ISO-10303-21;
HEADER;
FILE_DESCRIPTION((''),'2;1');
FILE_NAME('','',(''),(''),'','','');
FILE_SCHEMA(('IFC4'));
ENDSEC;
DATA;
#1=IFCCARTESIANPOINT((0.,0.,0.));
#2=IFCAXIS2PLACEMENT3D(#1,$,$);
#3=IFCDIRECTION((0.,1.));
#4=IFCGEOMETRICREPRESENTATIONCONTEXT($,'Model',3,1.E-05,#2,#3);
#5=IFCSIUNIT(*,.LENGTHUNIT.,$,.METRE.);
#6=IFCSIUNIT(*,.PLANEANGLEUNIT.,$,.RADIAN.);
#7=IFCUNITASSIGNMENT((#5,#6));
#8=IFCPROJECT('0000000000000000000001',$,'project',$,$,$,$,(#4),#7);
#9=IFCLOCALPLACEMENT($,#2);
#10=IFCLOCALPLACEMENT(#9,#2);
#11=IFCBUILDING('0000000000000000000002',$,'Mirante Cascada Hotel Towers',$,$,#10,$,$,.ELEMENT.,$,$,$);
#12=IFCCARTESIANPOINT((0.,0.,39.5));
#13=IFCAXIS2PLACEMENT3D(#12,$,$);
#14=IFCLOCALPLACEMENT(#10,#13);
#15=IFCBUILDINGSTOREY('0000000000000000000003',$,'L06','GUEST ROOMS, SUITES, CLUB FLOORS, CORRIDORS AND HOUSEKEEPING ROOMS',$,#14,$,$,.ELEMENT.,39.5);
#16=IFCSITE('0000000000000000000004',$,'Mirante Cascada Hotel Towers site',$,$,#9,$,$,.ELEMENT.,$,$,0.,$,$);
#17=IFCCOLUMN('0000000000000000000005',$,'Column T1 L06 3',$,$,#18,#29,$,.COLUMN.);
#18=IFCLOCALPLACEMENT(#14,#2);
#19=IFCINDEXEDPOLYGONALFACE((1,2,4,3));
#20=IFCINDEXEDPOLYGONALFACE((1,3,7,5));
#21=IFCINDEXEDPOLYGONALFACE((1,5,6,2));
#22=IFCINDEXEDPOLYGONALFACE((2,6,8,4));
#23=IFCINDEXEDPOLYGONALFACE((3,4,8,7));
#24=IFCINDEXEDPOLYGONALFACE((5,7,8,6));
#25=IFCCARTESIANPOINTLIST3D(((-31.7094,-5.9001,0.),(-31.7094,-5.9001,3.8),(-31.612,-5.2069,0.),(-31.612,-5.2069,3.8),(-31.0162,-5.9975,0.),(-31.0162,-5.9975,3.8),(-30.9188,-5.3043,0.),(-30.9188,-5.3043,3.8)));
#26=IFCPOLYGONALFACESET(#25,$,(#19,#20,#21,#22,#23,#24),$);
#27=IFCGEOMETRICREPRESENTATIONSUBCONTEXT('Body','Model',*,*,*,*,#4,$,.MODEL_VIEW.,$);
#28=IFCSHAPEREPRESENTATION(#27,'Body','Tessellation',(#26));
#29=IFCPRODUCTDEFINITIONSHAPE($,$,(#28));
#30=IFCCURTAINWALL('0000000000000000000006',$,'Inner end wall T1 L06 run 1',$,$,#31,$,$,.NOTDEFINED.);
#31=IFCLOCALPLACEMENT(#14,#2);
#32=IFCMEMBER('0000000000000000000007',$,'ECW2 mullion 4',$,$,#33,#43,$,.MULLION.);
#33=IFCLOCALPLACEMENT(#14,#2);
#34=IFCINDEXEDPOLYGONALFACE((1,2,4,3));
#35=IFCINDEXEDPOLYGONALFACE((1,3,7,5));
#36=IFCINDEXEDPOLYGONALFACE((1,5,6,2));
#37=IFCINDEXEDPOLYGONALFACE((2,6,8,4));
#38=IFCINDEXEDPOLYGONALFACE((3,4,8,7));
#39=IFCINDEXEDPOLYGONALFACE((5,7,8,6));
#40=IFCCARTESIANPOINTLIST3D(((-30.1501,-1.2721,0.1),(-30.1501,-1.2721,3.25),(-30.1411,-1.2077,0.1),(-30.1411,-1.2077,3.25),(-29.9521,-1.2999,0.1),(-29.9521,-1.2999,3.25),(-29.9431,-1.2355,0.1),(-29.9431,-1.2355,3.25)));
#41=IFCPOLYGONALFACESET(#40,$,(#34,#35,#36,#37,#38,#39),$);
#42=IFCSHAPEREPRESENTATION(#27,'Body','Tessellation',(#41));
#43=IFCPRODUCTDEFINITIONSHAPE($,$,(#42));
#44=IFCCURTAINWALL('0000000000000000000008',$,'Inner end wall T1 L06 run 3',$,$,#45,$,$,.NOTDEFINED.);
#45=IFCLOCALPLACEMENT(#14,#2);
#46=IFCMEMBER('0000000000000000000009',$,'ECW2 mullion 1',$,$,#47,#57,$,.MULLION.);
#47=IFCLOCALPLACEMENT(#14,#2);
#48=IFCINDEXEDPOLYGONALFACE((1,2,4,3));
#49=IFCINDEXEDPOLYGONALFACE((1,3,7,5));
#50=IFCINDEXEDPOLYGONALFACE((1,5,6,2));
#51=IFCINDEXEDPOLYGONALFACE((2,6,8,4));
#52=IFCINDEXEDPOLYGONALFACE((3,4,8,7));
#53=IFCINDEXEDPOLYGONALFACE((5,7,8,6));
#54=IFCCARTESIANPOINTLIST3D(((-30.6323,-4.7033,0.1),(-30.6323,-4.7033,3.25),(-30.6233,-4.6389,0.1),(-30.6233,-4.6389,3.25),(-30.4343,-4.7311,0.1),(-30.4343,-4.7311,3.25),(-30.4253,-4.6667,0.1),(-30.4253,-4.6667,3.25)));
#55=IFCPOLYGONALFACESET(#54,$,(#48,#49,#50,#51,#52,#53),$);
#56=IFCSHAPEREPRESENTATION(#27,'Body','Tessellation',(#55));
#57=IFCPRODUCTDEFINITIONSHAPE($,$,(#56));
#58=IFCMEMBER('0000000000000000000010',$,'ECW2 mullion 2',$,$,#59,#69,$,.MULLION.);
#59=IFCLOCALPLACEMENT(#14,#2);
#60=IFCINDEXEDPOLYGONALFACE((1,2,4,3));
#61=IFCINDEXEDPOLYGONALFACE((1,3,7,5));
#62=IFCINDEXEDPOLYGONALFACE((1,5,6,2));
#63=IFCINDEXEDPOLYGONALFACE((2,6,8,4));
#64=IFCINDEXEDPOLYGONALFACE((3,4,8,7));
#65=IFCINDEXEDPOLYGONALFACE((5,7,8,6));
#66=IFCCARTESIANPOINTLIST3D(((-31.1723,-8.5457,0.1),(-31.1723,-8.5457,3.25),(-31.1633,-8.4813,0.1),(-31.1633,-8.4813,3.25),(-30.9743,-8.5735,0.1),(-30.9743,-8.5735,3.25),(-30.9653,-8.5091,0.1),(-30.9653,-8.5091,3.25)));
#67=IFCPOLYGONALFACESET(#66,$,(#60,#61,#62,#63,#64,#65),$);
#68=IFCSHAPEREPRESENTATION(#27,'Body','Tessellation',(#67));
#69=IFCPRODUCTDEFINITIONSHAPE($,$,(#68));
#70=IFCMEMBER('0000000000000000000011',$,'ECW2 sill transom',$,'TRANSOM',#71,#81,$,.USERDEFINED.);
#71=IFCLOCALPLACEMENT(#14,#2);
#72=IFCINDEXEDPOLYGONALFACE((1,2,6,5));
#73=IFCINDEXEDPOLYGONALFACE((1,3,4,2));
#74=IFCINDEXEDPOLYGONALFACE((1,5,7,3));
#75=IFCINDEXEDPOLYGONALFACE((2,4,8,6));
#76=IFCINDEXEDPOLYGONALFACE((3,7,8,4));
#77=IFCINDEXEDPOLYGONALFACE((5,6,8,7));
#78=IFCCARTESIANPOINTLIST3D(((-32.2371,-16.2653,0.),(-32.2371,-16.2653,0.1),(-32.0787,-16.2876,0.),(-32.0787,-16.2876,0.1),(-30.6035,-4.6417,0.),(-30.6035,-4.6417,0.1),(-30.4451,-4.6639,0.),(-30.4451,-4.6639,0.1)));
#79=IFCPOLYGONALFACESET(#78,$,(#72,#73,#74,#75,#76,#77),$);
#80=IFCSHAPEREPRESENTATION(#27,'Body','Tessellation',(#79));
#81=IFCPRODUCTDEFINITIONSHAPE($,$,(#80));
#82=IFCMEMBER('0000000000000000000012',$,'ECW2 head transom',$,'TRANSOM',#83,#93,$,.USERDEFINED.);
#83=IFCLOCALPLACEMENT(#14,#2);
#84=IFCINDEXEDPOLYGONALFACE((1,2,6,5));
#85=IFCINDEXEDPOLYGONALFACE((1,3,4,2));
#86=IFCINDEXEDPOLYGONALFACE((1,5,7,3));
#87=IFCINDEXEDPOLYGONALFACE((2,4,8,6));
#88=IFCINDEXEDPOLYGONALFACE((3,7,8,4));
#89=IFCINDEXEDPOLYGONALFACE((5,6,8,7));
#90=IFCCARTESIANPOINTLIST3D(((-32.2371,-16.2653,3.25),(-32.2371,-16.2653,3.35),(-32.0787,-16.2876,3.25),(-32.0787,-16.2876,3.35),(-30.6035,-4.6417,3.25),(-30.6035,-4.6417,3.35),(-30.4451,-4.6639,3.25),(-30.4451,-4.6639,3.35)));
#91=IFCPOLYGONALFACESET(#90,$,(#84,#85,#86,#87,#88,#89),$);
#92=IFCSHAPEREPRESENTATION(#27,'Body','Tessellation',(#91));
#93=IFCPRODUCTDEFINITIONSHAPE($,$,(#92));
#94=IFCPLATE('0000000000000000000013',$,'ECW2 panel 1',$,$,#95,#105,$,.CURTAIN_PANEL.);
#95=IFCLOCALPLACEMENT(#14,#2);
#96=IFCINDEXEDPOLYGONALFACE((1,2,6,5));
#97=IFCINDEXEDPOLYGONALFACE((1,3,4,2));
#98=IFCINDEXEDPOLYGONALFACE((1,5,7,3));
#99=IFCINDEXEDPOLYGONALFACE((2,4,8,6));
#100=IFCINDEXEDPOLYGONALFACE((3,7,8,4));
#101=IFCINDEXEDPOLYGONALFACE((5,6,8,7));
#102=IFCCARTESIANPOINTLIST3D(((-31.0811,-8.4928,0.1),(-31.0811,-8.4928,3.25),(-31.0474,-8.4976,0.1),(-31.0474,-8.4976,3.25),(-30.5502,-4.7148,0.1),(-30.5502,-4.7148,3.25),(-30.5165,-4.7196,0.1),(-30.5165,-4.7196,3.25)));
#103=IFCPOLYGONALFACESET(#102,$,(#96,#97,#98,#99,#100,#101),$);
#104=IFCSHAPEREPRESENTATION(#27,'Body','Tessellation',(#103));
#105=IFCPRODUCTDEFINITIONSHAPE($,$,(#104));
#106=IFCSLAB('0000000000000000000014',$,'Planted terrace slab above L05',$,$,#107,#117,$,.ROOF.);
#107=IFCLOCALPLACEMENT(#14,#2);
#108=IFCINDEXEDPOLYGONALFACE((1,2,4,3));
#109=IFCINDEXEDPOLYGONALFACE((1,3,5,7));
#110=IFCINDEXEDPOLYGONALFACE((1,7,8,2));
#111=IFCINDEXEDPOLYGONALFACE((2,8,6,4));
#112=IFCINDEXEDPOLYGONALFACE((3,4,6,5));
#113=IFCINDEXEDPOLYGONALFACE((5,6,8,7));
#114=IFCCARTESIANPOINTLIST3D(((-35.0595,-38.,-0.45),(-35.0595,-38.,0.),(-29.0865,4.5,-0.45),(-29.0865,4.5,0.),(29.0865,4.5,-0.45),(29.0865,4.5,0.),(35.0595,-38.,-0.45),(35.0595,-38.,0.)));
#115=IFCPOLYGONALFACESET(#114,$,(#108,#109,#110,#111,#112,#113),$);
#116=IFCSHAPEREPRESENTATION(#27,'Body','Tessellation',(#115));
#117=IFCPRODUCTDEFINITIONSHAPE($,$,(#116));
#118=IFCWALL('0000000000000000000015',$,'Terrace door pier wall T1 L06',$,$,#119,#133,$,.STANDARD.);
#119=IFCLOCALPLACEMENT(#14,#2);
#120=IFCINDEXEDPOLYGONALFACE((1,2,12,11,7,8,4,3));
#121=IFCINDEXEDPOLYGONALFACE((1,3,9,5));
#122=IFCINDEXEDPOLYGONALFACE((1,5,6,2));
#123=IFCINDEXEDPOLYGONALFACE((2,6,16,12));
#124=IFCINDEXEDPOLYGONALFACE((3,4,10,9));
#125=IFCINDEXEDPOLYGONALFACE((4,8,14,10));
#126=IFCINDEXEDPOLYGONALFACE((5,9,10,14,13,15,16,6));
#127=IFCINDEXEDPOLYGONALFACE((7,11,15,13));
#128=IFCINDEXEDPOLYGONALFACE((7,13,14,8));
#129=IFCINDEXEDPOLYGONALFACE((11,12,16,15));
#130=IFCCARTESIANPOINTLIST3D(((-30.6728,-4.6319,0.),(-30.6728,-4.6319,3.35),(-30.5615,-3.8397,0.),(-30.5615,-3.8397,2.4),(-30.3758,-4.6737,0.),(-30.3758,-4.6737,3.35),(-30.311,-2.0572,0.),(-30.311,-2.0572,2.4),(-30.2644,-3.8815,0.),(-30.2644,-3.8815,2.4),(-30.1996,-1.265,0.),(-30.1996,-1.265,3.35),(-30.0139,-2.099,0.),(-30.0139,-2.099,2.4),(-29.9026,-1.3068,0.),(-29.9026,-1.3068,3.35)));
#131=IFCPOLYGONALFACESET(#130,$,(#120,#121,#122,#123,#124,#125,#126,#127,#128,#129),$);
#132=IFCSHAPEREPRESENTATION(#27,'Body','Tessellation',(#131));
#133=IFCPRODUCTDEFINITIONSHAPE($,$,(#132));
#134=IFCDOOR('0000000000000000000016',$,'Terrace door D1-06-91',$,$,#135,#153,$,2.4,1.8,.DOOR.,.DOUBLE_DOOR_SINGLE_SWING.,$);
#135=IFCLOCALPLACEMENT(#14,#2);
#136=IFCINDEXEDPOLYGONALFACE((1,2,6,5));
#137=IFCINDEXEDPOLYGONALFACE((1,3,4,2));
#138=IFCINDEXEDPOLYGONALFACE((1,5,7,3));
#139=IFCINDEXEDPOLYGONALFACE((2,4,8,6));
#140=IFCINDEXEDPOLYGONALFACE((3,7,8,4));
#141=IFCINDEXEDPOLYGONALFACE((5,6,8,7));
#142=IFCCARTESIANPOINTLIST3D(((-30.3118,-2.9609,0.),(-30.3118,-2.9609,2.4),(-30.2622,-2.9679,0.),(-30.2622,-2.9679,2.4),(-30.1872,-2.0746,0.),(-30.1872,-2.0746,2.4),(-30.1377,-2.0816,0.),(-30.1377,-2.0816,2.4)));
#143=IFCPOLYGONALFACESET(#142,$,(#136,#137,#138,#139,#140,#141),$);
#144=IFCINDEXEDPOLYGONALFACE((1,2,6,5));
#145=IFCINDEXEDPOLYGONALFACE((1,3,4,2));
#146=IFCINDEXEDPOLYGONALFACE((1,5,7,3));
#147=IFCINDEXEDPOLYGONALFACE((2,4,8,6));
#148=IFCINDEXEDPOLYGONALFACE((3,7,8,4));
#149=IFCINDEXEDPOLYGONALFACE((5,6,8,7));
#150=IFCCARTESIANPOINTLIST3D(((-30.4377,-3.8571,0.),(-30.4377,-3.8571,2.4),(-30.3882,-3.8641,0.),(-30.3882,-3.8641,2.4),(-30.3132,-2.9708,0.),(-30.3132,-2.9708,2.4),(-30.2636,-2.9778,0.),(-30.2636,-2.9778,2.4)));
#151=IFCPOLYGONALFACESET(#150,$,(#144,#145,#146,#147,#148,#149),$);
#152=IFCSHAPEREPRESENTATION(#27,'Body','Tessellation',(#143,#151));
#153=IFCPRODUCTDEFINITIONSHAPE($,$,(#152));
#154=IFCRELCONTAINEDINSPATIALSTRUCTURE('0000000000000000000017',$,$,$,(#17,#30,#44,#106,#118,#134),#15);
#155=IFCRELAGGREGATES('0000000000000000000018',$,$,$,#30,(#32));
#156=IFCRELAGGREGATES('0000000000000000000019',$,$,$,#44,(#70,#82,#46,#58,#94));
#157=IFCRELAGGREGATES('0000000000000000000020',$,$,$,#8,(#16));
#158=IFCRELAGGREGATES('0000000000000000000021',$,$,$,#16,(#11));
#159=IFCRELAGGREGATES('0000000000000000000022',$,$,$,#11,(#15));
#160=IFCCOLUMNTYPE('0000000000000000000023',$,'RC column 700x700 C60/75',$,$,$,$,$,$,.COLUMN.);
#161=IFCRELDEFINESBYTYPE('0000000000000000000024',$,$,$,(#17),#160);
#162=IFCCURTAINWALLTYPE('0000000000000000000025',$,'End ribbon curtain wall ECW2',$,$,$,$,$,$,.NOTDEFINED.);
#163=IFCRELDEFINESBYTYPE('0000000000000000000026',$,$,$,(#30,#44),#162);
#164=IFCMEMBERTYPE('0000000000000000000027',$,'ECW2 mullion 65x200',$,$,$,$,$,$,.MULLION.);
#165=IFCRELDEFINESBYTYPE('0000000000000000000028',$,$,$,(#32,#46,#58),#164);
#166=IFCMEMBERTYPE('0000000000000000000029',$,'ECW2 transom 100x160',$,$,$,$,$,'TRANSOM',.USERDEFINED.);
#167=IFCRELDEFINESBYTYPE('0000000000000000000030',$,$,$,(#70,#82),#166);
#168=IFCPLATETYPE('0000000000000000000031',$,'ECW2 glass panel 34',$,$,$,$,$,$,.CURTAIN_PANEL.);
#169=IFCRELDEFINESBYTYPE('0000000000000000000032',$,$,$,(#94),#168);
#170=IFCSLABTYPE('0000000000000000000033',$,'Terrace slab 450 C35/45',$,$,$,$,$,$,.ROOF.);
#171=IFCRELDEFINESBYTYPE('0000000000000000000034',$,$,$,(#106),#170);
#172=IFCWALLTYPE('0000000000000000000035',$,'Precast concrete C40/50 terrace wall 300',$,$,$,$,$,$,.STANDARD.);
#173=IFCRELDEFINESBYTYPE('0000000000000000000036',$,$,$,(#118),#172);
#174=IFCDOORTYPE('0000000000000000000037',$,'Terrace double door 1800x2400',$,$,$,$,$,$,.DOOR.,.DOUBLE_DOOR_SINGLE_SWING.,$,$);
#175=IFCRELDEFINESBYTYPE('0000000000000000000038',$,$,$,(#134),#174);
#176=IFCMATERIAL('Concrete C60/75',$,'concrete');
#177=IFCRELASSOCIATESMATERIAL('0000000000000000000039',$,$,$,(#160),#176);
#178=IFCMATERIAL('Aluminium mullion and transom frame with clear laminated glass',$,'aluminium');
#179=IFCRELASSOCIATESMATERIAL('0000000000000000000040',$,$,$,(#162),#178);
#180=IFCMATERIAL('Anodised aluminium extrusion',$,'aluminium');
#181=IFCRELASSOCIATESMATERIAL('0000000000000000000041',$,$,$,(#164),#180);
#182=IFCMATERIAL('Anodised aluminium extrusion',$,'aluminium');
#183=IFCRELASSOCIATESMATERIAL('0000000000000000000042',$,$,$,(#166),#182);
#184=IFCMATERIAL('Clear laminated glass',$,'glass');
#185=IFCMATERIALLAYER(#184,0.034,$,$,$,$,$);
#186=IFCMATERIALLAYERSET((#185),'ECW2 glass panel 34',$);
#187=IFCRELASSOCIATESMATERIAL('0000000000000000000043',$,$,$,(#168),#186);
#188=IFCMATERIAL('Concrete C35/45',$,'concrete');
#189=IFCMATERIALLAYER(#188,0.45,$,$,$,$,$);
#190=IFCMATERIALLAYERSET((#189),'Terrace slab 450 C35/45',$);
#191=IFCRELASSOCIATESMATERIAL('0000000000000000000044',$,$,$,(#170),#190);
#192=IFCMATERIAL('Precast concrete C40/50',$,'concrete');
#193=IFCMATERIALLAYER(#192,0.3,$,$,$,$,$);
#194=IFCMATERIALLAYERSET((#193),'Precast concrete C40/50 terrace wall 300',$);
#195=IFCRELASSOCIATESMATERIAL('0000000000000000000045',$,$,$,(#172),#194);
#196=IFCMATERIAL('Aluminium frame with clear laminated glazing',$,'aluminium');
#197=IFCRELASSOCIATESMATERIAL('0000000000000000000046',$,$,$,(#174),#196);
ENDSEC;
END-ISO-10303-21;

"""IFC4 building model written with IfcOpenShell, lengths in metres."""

from ifc_helpers import new_model, si_unit, direction, frame, frame_2d, origin, origin_2d, place, context, subcontext, project, spatial, polyline, rectangle, outline, extrude, material, layer, layer_set, material_profile, profile_set, type_object, element, fill, aggregate, save


model = new_model("IFC4")

# Units and contexts
model_context = context("Model", 3, precision=1e-05, world=origin(), true_north=direction((0.0, 1.0)))
body_context = subcontext(model_context, "Body", "Model", "MODEL_VIEW")
ifc_project = project(units=[si_unit("LENGTHUNIT", "METRE"), si_unit("PLANEANGLEUNIT", "RADIAN")], contexts=[model_context])

# Site, building, storey
site_placement = place(None, origin())
site = spatial("IfcSite", under=ifc_project, at=site_placement, Name="Mirante Cascada Hotel Towers site", CompositionType="ELEMENT", RefElevation=0.0)
building_placement = place(site_placement, origin())
building = spatial("IfcBuilding", under=site, at=building_placement, Name="Mirante Cascada Hotel Towers", CompositionType="ELEMENT")
storey_placement = place(building_placement, frame((0.0, 0.0, 39.5)))
storey = spatial("IfcBuildingStorey", under=building, at=storey_placement, Name="L06", Description="GUEST ROOMS, SUITES, CLUB FLOORS, CORRIDORS AND HOUSEKEEPING ROOMS", CompositionType="ELEMENT", Elevation=39.5)

# Column
ifc_material_1 = material(Name="Concrete C60/75", Category="concrete")
ifc_material_profile_1 = material_profile(ifc_material_1, rectangle(XDim=0.7, YDim=0.7, at=origin_2d()), Name="RC column 700x700 C60/75")
ifc_profile_set_1 = profile_set([ifc_material_profile_1], Name="Concrete C60/75")
column_type = type_object("IfcColumnType", Name="RC column 700x700 C60/75", PredefinedType="COLUMN", material=ifc_profile_set_1)
column_placement = place(storey_placement, frame((-31.3141, -5.6022, 0.0), z_axis=(0.0, 0.0, 1.0), x_axis=(-0.990268, 0.139173, 0.0)))
element("IfcColumn", 1, at=column_placement, inside=storey, type_object=column_type, Name="Column T1 L06 3", PredefinedType="COLUMN", context=body_context, shape_type="SweptSolid", body=[
    extrude(rectangle(XDim=0.7, YDim=0.7, at=origin_2d()), origin(), (0.0, 0.0, 1.0), 3.8),
])

# Curtain wall, member
ifc_material_2 = material(Name="Aluminium mullion and transom frame with clear laminated glass", Category="aluminium")
curtain_wall_type = type_object("IfcCurtainWallType", Name="End ribbon curtain wall ECW2", PredefinedType="NOTDEFINED", material=ifc_material_2)
curtain_wall_1_placement = place(storey_placement, origin())
curtain_wall_1 = element("IfcCurtainWall", 2, at=curtain_wall_1_placement, inside=storey, type_object=curtain_wall_type, Name="Inner end wall T1 L06 run 1", PredefinedType="NOTDEFINED")
ifc_material_3 = material(Name="Anodised aluminium extrusion", Category="aluminium")
ifc_material_profile_2 = material_profile(ifc_material_3, rectangle(XDim=0.2, YDim=0.065, at=origin_2d()), Name="ECW2 MULLION 65x200")
ifc_profile_set_2 = profile_set([ifc_material_profile_2], Name="Anodised aluminium extrusion")
member_type_1 = type_object("IfcMemberType", Name="ECW2 mullion 65x200", PredefinedType="MULLION", material=ifc_profile_set_2)
member_1_placement = place(storey_placement, frame((-30.0466, -1.2538, 0.1), z_axis=(0.0, 0.0, 1.0), x_axis=(0.990268, -0.139173, 0.0)))
member_1 = element("IfcMember", 3, at=member_1_placement, type_object=member_type_1, Name="ECW2 mullion 4", PredefinedType="MULLION", context=body_context, shape_type="SweptSolid", body=[
    extrude(rectangle(XDim=0.2, YDim=0.065, at=origin_2d()), origin(), (0.0, 0.0, 1.0), 3.15),
])
aggregate(curtain_wall_1, [member_1])

# Curtain wall, members, plate
curtain_wall_2_placement = place(storey_placement, origin())
curtain_wall_2 = element("IfcCurtainWall", 4, at=curtain_wall_2_placement, inside=storey, type_object=curtain_wall_type, Name="Inner end wall T1 L06 run 3", PredefinedType="NOTDEFINED")
member_2_placement = place(storey_placement, frame((-30.5288, -4.685, 0.1), z_axis=(0.0, 0.0, 1.0), x_axis=(0.990268, -0.139173, 0.0)))
member_2 = element("IfcMember", 5, at=member_2_placement, type_object=member_type_1, Name="ECW2 mullion 1", PredefinedType="MULLION", context=body_context, shape_type="SweptSolid", body=[
    extrude(rectangle(XDim=0.2, YDim=0.065, at=origin_2d()), origin(), (0.0, 0.0, 1.0), 3.15),
])
member_3_placement = place(storey_placement, frame((-31.0688, -8.5274, 0.1), z_axis=(0.0, 0.0, 1.0), x_axis=(0.990268, -0.139173, 0.0)))
member_3 = element("IfcMember", 6, at=member_3_placement, type_object=member_type_1, Name="ECW2 mullion 2", PredefinedType="MULLION", context=body_context, shape_type="SweptSolid", body=[
    extrude(rectangle(XDim=0.2, YDim=0.065, at=origin_2d()), origin(), (0.0, 0.0, 1.0), 3.15),
])
ifc_material_4 = material(Name="Anodised aluminium extrusion", Category="aluminium")
ifc_material_profile_3 = material_profile(ifc_material_4, rectangle(XDim=0.16, YDim=0.1, at=origin_2d()), Name="ECW2 TRANSOM 100x160")
ifc_profile_set_3 = profile_set([ifc_material_profile_3], Name="Anodised aluminium extrusion")
member_type_2 = type_object("IfcMemberType", Name="ECW2 transom 100x160", ElementType="TRANSOM", PredefinedType="USERDEFINED", material=ifc_profile_set_3)
member_4_placement = place(storey_placement, frame((-30.5243, -4.6528, 0.05), z_axis=(-0.139173, -0.990268, 0.0), x_axis=(0.990268, -0.139173, 0.0)))
member_4 = element("IfcMember", 7, at=member_4_placement, type_object=member_type_2, Name="ECW2 sill transom", ObjectType="TRANSOM", PredefinedType="USERDEFINED", context=body_context, shape_type="SweptSolid", body=[
    extrude(rectangle(XDim=0.16, YDim=0.1, at=origin_2d()), origin(), (0.0, 0.0, 1.0), 11.7379),
])
member_5_placement = place(storey_placement, frame((-30.5243, -4.6528, 3.3), z_axis=(-0.139173, -0.990268, 0.0), x_axis=(0.990268, -0.139173, 0.0)))
member_5 = element("IfcMember", 8, at=member_5_placement, type_object=member_type_2, Name="ECW2 head transom", ObjectType="TRANSOM", PredefinedType="USERDEFINED", context=body_context, shape_type="SweptSolid", body=[
    extrude(rectangle(XDim=0.16, YDim=0.1, at=origin_2d()), origin(), (0.0, 0.0, 1.0), 11.7379),
])
ifc_material_5 = material(Name="Clear laminated glass", Category="glass")
ifc_layer_1 = layer(ifc_material_5, 0.034)
ifc_layer_set_1 = layer_set([ifc_layer_1], Name="ECW2 glass panel 34")
plate_type = type_object("IfcPlateType", Name="ECW2 glass panel 34", PredefinedType="CURTAIN_PANEL", material=ifc_layer_set_1)
plate_placement = place(storey_placement, frame((-30.7988, -6.6062, 0.1), z_axis=(0.0, 0.0, 1.0), x_axis=(-0.139173, -0.990268, 0.0)))
plate = element("IfcPlate", 9, at=plate_placement, type_object=plate_type, Name="ECW2 panel 1", PredefinedType="CURTAIN_PANEL", context=body_context, shape_type="SweptSolid", body=[
    extrude(rectangle(XDim=3.8151, YDim=0.034, at=origin_2d()), origin(), (0.0, 0.0, 1.0), 3.15),
])
aggregate(curtain_wall_2, [member_4, member_5, member_2, member_3, plate])

# Slab
ifc_material_6 = material(Name="Concrete C35/45", Category="concrete")
ifc_layer_2 = layer(ifc_material_6, 0.45)
ifc_layer_set_2 = layer_set([ifc_layer_2], Name="Terrace slab 450 C35/45")
slab_type = type_object("IfcSlabType", Name="Terrace slab 450 C35/45", PredefinedType="ROOF", material=ifc_layer_set_2)
slab_placement = place(storey_placement, frame((0.0, 0.0, -0.45)))
element("IfcSlab", 10, at=slab_placement, inside=storey, type_object=slab_type, Name="Planted terrace slab above L05", PredefinedType="ROOF", context=body_context, shape_type="SweptSolid", body=[
    extrude(outline(polyline([(-35.0595, -38.0), (-29.0865, 4.5), (29.0865, 4.5), (35.0595, -38.0), (-35.0595, -38.0)])), origin(), (0.0, 0.0, 1.0), 0.45),
])

# Wall, opening, door
ifc_material_7 = material(Name="Precast concrete C40/50", Category="concrete")
ifc_layer_3 = layer(ifc_material_7, 0.3)
ifc_layer_set_3 = layer_set([ifc_layer_3], Name="Precast concrete C40/50 terrace wall 300")
wall_type = type_object("IfcWallType", Name="Precast concrete C40/50 terrace wall 300", PredefinedType="STANDARD", material=ifc_layer_set_3)
wall_placement = place(storey_placement, frame((-30.0511, -1.2859, 0.0), z_axis=(0.0, 0.0, 1.0), x_axis=(-0.139177, -0.990267, 0.0)))
wall = element("IfcWall", 11, at=wall_placement, inside=storey, type_object=wall_type, Name="Terrace door pier wall T1 L06", PredefinedType="STANDARD", context=body_context, shape_type="SweptSolid", body=[
    extrude(rectangle(XDim=3.4, YDim=0.3, at=frame_2d((1.7, 0.0))), origin(), (0.0, 0.0, 1.0), 3.35),
])
opening_placement = place(wall_placement, frame((0.8, 0.0, 0.0)))
opening = element("IfcOpeningElement", 12, at=opening_placement, cuts=wall, PredefinedType="OPENING", context=body_context, shape_type="SweptSolid", body=[
    extrude(rectangle(XDim=1.8, YDim=2.4, at=frame_2d((0.9, 1.2))), frame((0.0, 0.15, 0.0), z_axis=(0.0, -1.0, 0.0), x_axis=(1.0, 0.0, 0.0)), (0.0, 0.0, 1.0), 0.3),
])
ifc_material_8 = material(Name="Aluminium frame with clear laminated glazing", Category="aluminium")
door_type = type_object("IfcDoorType", Name="Terrace double door 1800x2400", OperationType="DOUBLE_DOOR_SINGLE_SWING", PredefinedType="DOOR", material=ifc_material_8)
door_placement = place(opening_placement, origin())
door = element("IfcDoor", 13, at=door_placement, inside=storey, type_object=door_type, Name="Terrace door D1-06-91", OperationType="DOUBLE_DOOR_SINGLE_SWING", OverallHeight=2.4, OverallWidth=1.8, PredefinedType="DOOR", context=body_context, shape_type="SweptSolid", body=[
    extrude(rectangle(XDim=0.895, YDim=2.4, at=frame_2d((0.4475, 1.2))), frame((0.0, 0.025, 0.0), z_axis=(0.0, -1.0, 0.0), x_axis=(1.0, 0.0, 0.0)), (0.0, 0.0, 1.0), 0.05),
    extrude(rectangle(XDim=0.895, YDim=2.4, at=frame_2d((1.3525, 1.2))), frame((0.0, 0.025, 0.0), z_axis=(0.0, -1.0, 0.0), x_axis=(1.0, 0.0, 0.0)), (0.0, 0.0, 1.0), 0.05),
])
fill(opening, door)

save(model, "model.ifc")
